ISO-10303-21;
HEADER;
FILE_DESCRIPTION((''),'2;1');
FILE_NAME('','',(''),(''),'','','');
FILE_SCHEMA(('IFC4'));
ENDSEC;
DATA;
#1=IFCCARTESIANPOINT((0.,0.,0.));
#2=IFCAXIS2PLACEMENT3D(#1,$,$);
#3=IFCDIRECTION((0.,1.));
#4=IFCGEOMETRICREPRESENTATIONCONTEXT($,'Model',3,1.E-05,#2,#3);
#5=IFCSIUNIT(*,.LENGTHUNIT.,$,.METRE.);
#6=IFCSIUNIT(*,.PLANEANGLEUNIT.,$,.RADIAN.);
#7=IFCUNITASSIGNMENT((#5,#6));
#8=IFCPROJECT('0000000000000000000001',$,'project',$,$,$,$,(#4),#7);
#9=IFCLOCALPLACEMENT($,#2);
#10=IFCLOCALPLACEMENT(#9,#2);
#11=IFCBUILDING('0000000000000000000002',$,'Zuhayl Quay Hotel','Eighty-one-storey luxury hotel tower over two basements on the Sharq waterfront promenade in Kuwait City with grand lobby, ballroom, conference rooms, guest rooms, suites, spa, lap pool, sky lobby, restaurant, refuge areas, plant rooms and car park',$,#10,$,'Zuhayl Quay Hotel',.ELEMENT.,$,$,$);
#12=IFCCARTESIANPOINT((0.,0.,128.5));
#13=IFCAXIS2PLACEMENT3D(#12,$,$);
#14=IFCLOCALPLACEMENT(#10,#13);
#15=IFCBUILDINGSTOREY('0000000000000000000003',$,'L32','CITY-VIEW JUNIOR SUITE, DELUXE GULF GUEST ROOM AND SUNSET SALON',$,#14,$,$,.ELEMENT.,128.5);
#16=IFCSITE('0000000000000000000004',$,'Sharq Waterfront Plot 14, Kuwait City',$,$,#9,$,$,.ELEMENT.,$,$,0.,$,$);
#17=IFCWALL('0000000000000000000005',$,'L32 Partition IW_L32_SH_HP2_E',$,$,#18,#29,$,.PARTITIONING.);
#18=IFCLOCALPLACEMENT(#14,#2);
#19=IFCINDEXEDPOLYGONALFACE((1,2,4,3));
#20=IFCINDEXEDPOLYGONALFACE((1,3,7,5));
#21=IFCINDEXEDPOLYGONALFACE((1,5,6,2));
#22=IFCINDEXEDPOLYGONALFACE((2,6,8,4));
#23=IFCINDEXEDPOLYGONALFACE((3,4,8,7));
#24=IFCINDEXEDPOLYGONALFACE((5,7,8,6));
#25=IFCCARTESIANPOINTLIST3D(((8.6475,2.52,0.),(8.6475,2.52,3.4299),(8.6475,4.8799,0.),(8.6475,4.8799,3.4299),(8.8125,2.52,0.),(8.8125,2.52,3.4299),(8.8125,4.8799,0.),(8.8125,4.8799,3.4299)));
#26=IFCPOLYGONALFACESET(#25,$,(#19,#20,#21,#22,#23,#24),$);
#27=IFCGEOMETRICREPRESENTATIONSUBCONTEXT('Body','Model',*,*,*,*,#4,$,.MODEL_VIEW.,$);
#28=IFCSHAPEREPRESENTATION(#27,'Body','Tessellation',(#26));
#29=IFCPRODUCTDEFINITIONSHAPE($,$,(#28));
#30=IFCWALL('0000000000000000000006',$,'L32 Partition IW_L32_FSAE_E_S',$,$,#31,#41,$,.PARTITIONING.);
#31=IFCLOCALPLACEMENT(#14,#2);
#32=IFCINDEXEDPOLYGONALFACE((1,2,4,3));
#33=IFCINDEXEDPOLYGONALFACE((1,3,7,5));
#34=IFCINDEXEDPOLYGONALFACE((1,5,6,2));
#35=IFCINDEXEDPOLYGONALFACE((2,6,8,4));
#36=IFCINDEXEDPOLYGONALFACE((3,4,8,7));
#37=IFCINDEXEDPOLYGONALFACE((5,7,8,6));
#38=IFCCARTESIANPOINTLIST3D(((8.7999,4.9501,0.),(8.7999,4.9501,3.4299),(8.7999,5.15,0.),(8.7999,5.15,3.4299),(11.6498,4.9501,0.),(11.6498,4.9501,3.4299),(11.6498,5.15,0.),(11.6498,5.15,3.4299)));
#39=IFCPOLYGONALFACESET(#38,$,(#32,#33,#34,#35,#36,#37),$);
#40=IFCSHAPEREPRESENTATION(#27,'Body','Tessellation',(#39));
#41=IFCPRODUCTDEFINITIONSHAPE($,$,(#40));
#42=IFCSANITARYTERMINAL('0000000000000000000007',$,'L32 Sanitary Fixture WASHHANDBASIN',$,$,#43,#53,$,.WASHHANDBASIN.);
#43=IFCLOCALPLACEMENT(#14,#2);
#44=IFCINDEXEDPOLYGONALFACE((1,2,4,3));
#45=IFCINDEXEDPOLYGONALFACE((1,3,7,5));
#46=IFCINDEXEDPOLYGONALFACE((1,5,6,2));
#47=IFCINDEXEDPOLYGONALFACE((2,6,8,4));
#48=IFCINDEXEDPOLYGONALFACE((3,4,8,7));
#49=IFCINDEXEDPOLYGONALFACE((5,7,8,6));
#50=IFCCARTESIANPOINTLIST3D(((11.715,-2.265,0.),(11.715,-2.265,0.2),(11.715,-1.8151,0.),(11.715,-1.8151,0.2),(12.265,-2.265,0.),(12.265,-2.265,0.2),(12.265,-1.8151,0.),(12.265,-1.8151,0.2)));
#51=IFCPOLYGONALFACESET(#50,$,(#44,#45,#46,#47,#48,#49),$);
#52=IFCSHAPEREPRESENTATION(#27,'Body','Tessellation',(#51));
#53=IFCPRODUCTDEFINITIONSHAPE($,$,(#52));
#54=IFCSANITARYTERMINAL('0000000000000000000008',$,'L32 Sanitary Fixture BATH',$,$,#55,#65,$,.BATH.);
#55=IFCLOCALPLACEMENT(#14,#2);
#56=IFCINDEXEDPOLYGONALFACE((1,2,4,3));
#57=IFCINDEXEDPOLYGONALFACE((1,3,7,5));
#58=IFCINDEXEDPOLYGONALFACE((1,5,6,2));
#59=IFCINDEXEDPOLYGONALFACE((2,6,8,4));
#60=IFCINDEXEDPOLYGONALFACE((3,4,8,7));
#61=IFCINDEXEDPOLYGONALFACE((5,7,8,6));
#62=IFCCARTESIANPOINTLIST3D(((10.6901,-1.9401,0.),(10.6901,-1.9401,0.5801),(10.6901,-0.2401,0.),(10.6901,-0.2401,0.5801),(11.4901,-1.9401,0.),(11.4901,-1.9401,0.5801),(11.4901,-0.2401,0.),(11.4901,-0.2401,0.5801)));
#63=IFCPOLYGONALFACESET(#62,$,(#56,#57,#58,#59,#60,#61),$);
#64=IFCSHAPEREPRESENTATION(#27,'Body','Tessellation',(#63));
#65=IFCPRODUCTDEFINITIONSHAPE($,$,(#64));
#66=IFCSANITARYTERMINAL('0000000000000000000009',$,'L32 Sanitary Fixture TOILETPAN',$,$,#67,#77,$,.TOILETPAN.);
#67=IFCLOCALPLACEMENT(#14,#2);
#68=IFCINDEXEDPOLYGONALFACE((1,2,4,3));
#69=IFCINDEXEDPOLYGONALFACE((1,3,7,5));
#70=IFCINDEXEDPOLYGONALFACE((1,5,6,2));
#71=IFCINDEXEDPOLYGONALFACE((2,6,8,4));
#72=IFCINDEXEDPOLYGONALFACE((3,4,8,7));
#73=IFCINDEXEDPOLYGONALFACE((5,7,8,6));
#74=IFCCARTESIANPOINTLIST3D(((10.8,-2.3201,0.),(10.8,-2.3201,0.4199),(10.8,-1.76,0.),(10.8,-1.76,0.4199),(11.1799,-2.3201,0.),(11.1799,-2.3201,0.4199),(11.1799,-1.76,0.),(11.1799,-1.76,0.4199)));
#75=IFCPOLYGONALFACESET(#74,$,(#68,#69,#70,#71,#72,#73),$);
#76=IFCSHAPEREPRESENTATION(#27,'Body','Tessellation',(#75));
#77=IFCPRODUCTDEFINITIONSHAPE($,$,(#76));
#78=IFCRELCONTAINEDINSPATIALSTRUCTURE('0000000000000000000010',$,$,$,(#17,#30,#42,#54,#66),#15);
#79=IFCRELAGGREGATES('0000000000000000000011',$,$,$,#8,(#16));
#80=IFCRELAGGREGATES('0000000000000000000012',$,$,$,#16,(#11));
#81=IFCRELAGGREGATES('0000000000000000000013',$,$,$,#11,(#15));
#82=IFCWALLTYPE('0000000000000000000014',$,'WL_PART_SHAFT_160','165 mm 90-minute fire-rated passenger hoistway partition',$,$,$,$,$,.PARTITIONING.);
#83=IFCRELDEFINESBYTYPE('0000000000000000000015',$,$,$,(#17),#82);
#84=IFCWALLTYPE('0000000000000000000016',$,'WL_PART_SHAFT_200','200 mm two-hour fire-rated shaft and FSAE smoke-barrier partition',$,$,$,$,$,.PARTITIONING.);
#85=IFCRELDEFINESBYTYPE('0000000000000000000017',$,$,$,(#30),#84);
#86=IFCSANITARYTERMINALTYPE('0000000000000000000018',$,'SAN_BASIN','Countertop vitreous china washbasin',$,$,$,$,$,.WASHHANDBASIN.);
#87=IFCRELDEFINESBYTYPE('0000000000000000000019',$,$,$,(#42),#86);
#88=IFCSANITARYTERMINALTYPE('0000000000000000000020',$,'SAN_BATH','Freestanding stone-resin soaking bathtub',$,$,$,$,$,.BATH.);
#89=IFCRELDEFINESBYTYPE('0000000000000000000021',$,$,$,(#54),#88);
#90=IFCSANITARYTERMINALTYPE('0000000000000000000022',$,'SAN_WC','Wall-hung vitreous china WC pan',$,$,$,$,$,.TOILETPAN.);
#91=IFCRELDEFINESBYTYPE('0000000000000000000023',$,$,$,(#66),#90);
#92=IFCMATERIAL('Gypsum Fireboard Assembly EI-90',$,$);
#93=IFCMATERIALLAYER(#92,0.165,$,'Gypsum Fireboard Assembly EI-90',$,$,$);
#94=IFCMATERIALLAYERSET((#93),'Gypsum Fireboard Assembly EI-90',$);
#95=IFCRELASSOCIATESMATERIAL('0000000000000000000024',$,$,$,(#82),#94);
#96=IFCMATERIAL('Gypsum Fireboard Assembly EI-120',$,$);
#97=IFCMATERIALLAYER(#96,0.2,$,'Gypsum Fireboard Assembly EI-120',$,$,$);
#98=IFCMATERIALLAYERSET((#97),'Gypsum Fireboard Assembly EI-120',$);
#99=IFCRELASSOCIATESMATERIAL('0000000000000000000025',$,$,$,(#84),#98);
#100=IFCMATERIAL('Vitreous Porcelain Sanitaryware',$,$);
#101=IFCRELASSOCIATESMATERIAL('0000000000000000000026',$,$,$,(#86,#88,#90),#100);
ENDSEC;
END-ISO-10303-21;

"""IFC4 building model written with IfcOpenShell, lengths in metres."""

from ifc_helpers import new_model, si_unit, direction, frame, frame_2d, origin, origin_2d, place, context, subcontext, project, spatial, rectangle, extrude, material, layer, layer_set, type_object, element, save


model = new_model("IFC4")

# Units and contexts
model_context = context("Model", 3, precision=1e-05, world=origin(), true_north=direction((0.0, 1.0)))
body_context = subcontext(model_context, "Body", "Model", "MODEL_VIEW")
ifc_project = project(units=[si_unit("LENGTHUNIT", "METRE"), si_unit("PLANEANGLEUNIT", "RADIAN")], contexts=[model_context])

# Site, building, storey
site_placement = place(None, origin())
site = spatial("IfcSite", under=ifc_project, at=site_placement, Name="Sharq Waterfront Plot 14, Kuwait City", CompositionType="ELEMENT", RefElevation=0.0)
building_placement = place(site_placement, origin())
building = spatial("IfcBuilding", under=site, at=building_placement, Name="Zuhayl Quay Hotel", Description="Eighty-one-storey luxury hotel tower over two basements on the Sharq waterfront promenade in Kuwait City with grand lobby, ballroom, conference rooms, guest rooms, suites, spa, lap pool, sky lobby, restaurant, refuge areas, plant rooms and car park", LongName="Zuhayl Quay Hotel", CompositionType="ELEMENT")
storey_placement = place(building_placement, frame((0.0, 0.0, 128.5)))
storey = spatial("IfcBuildingStorey", under=building, at=storey_placement, Name="L32", Description="CITY-VIEW JUNIOR SUITE, DELUXE GULF GUEST ROOM AND SUNSET SALON", CompositionType="ELEMENT", Elevation=128.5)

# Walls
ifc_material_1 = material(Name="Gypsum Fireboard Assembly EI-90")
ifc_layer_1 = layer(ifc_material_1, 0.165, Name="Gypsum Fireboard Assembly EI-90")
ifc_layer_set_1 = layer_set([ifc_layer_1], Name="Gypsum Fireboard Assembly EI-90")
wall_type_1 = type_object("IfcWallType", Name="WL_PART_SHAFT_160", Description="165 mm 90-minute fire-rated passenger hoistway partition", PredefinedType="PARTITIONING", material=ifc_layer_set_1)
wall_1_placement = place(storey_placement, frame((8.73, 2.52, 0.0), z_axis=(0.0, 0.0, 1.0), x_axis=(0.0, 1.0, 0.0)))
element("IfcWall", 1, at=wall_1_placement, inside=storey, type_object=wall_type_1, Name="L32 Partition IW_L32_SH_HP2_E", PredefinedType="PARTITIONING", context=body_context, shape_type="SweptSolid", body=[
    extrude(rectangle(XDim=2.3599, YDim=0.165, at=frame_2d((1.1799, 0.0))), origin(), (0.0, 0.0, 1.0), 3.4299),
])
ifc_material_2 = material(Name="Gypsum Fireboard Assembly EI-120")
ifc_layer_2 = layer(ifc_material_2, 0.2, Name="Gypsum Fireboard Assembly EI-120")
ifc_layer_set_2 = layer_set([ifc_layer_2], Name="Gypsum Fireboard Assembly EI-120")
wall_type_2 = type_object("IfcWallType", Name="WL_PART_SHAFT_200", Description="200 mm two-hour fire-rated shaft and FSAE smoke-barrier partition", PredefinedType="PARTITIONING", material=ifc_layer_set_2)
wall_2_placement = place(storey_placement, frame((8.8, 5.05, 0.0), z_axis=(0.0, 0.0, 1.0), x_axis=(1.0, 0.0, 0.0)))
element("IfcWall", 2, at=wall_2_placement, inside=storey, type_object=wall_type_2, Name="L32 Partition IW_L32_FSAE_E_S", PredefinedType="PARTITIONING", context=body_context, shape_type="SweptSolid", body=[
    extrude(rectangle(XDim=2.8499, YDim=0.2, at=frame_2d((1.4248, 0.0))), origin(), (0.0, 0.0, 1.0), 3.4299),
])

# Sanitary terminals
ifc_material_3 = material(Name="Vitreous Porcelain Sanitaryware")
sanitary_terminal_type_1 = type_object("IfcSanitaryTerminalType", Name="SAN_BASIN", Description="Countertop vitreous china washbasin", PredefinedType="WASHHANDBASIN", material=ifc_material_3)
sanitary_terminal_1_placement = place(storey_placement, frame((11.99, -2.04, 0.0), z_axis=(0.0, 0.0, 1.0), x_axis=(1.0, 0.0, 0.0)))
element("IfcSanitaryTerminal", 3, at=sanitary_terminal_1_placement, inside=storey, type_object=sanitary_terminal_type_1, Name="L32 Sanitary Fixture WASHHANDBASIN", PredefinedType="WASHHANDBASIN", context=body_context, shape_type="SweptSolid", body=[
    extrude(rectangle(XDim=0.55, YDim=0.45, at=origin_2d()), origin(), (0.0, 0.0, 1.0), 0.2),
])
sanitary_terminal_type_2 = type_object("IfcSanitaryTerminalType", Name="SAN_BATH", Description="Freestanding stone-resin soaking bathtub", PredefinedType="BATH", material=ifc_material_3)
sanitary_terminal_2_placement = place(storey_placement, frame((11.0901, -1.0901, 0.0), z_axis=(0.0, 0.0, 1.0), x_axis=(1.0, 0.0, 0.0)))
element("IfcSanitaryTerminal", 4, at=sanitary_terminal_2_placement, inside=storey, type_object=sanitary_terminal_type_2, Name="L32 Sanitary Fixture BATH", PredefinedType="BATH", context=body_context, shape_type="SweptSolid", body=[
    extrude(rectangle(XDim=0.8, YDim=1.7, at=origin_2d()), origin(), (0.0, 0.0, 1.0), 0.5801),
])
sanitary_terminal_type_3 = type_object("IfcSanitaryTerminalType", Name="SAN_WC", Description="Wall-hung vitreous china WC pan", PredefinedType="TOILETPAN", material=ifc_material_3)
sanitary_terminal_3_placement = place(storey_placement, frame((10.99, -2.04, 0.0), z_axis=(0.0, 0.0, 1.0), x_axis=(1.0, 0.0, 0.0)))
element("IfcSanitaryTerminal", 5, at=sanitary_terminal_3_placement, inside=storey, type_object=sanitary_terminal_type_3, Name="L32 Sanitary Fixture TOILETPAN", PredefinedType="TOILETPAN", context=body_context, shape_type="SweptSolid", body=[
    extrude(rectangle(XDim=0.3799, YDim=0.5601, at=origin_2d()), origin(), (0.0, 0.0, 1.0), 0.4199),
])

save(model, "model.ifc")
